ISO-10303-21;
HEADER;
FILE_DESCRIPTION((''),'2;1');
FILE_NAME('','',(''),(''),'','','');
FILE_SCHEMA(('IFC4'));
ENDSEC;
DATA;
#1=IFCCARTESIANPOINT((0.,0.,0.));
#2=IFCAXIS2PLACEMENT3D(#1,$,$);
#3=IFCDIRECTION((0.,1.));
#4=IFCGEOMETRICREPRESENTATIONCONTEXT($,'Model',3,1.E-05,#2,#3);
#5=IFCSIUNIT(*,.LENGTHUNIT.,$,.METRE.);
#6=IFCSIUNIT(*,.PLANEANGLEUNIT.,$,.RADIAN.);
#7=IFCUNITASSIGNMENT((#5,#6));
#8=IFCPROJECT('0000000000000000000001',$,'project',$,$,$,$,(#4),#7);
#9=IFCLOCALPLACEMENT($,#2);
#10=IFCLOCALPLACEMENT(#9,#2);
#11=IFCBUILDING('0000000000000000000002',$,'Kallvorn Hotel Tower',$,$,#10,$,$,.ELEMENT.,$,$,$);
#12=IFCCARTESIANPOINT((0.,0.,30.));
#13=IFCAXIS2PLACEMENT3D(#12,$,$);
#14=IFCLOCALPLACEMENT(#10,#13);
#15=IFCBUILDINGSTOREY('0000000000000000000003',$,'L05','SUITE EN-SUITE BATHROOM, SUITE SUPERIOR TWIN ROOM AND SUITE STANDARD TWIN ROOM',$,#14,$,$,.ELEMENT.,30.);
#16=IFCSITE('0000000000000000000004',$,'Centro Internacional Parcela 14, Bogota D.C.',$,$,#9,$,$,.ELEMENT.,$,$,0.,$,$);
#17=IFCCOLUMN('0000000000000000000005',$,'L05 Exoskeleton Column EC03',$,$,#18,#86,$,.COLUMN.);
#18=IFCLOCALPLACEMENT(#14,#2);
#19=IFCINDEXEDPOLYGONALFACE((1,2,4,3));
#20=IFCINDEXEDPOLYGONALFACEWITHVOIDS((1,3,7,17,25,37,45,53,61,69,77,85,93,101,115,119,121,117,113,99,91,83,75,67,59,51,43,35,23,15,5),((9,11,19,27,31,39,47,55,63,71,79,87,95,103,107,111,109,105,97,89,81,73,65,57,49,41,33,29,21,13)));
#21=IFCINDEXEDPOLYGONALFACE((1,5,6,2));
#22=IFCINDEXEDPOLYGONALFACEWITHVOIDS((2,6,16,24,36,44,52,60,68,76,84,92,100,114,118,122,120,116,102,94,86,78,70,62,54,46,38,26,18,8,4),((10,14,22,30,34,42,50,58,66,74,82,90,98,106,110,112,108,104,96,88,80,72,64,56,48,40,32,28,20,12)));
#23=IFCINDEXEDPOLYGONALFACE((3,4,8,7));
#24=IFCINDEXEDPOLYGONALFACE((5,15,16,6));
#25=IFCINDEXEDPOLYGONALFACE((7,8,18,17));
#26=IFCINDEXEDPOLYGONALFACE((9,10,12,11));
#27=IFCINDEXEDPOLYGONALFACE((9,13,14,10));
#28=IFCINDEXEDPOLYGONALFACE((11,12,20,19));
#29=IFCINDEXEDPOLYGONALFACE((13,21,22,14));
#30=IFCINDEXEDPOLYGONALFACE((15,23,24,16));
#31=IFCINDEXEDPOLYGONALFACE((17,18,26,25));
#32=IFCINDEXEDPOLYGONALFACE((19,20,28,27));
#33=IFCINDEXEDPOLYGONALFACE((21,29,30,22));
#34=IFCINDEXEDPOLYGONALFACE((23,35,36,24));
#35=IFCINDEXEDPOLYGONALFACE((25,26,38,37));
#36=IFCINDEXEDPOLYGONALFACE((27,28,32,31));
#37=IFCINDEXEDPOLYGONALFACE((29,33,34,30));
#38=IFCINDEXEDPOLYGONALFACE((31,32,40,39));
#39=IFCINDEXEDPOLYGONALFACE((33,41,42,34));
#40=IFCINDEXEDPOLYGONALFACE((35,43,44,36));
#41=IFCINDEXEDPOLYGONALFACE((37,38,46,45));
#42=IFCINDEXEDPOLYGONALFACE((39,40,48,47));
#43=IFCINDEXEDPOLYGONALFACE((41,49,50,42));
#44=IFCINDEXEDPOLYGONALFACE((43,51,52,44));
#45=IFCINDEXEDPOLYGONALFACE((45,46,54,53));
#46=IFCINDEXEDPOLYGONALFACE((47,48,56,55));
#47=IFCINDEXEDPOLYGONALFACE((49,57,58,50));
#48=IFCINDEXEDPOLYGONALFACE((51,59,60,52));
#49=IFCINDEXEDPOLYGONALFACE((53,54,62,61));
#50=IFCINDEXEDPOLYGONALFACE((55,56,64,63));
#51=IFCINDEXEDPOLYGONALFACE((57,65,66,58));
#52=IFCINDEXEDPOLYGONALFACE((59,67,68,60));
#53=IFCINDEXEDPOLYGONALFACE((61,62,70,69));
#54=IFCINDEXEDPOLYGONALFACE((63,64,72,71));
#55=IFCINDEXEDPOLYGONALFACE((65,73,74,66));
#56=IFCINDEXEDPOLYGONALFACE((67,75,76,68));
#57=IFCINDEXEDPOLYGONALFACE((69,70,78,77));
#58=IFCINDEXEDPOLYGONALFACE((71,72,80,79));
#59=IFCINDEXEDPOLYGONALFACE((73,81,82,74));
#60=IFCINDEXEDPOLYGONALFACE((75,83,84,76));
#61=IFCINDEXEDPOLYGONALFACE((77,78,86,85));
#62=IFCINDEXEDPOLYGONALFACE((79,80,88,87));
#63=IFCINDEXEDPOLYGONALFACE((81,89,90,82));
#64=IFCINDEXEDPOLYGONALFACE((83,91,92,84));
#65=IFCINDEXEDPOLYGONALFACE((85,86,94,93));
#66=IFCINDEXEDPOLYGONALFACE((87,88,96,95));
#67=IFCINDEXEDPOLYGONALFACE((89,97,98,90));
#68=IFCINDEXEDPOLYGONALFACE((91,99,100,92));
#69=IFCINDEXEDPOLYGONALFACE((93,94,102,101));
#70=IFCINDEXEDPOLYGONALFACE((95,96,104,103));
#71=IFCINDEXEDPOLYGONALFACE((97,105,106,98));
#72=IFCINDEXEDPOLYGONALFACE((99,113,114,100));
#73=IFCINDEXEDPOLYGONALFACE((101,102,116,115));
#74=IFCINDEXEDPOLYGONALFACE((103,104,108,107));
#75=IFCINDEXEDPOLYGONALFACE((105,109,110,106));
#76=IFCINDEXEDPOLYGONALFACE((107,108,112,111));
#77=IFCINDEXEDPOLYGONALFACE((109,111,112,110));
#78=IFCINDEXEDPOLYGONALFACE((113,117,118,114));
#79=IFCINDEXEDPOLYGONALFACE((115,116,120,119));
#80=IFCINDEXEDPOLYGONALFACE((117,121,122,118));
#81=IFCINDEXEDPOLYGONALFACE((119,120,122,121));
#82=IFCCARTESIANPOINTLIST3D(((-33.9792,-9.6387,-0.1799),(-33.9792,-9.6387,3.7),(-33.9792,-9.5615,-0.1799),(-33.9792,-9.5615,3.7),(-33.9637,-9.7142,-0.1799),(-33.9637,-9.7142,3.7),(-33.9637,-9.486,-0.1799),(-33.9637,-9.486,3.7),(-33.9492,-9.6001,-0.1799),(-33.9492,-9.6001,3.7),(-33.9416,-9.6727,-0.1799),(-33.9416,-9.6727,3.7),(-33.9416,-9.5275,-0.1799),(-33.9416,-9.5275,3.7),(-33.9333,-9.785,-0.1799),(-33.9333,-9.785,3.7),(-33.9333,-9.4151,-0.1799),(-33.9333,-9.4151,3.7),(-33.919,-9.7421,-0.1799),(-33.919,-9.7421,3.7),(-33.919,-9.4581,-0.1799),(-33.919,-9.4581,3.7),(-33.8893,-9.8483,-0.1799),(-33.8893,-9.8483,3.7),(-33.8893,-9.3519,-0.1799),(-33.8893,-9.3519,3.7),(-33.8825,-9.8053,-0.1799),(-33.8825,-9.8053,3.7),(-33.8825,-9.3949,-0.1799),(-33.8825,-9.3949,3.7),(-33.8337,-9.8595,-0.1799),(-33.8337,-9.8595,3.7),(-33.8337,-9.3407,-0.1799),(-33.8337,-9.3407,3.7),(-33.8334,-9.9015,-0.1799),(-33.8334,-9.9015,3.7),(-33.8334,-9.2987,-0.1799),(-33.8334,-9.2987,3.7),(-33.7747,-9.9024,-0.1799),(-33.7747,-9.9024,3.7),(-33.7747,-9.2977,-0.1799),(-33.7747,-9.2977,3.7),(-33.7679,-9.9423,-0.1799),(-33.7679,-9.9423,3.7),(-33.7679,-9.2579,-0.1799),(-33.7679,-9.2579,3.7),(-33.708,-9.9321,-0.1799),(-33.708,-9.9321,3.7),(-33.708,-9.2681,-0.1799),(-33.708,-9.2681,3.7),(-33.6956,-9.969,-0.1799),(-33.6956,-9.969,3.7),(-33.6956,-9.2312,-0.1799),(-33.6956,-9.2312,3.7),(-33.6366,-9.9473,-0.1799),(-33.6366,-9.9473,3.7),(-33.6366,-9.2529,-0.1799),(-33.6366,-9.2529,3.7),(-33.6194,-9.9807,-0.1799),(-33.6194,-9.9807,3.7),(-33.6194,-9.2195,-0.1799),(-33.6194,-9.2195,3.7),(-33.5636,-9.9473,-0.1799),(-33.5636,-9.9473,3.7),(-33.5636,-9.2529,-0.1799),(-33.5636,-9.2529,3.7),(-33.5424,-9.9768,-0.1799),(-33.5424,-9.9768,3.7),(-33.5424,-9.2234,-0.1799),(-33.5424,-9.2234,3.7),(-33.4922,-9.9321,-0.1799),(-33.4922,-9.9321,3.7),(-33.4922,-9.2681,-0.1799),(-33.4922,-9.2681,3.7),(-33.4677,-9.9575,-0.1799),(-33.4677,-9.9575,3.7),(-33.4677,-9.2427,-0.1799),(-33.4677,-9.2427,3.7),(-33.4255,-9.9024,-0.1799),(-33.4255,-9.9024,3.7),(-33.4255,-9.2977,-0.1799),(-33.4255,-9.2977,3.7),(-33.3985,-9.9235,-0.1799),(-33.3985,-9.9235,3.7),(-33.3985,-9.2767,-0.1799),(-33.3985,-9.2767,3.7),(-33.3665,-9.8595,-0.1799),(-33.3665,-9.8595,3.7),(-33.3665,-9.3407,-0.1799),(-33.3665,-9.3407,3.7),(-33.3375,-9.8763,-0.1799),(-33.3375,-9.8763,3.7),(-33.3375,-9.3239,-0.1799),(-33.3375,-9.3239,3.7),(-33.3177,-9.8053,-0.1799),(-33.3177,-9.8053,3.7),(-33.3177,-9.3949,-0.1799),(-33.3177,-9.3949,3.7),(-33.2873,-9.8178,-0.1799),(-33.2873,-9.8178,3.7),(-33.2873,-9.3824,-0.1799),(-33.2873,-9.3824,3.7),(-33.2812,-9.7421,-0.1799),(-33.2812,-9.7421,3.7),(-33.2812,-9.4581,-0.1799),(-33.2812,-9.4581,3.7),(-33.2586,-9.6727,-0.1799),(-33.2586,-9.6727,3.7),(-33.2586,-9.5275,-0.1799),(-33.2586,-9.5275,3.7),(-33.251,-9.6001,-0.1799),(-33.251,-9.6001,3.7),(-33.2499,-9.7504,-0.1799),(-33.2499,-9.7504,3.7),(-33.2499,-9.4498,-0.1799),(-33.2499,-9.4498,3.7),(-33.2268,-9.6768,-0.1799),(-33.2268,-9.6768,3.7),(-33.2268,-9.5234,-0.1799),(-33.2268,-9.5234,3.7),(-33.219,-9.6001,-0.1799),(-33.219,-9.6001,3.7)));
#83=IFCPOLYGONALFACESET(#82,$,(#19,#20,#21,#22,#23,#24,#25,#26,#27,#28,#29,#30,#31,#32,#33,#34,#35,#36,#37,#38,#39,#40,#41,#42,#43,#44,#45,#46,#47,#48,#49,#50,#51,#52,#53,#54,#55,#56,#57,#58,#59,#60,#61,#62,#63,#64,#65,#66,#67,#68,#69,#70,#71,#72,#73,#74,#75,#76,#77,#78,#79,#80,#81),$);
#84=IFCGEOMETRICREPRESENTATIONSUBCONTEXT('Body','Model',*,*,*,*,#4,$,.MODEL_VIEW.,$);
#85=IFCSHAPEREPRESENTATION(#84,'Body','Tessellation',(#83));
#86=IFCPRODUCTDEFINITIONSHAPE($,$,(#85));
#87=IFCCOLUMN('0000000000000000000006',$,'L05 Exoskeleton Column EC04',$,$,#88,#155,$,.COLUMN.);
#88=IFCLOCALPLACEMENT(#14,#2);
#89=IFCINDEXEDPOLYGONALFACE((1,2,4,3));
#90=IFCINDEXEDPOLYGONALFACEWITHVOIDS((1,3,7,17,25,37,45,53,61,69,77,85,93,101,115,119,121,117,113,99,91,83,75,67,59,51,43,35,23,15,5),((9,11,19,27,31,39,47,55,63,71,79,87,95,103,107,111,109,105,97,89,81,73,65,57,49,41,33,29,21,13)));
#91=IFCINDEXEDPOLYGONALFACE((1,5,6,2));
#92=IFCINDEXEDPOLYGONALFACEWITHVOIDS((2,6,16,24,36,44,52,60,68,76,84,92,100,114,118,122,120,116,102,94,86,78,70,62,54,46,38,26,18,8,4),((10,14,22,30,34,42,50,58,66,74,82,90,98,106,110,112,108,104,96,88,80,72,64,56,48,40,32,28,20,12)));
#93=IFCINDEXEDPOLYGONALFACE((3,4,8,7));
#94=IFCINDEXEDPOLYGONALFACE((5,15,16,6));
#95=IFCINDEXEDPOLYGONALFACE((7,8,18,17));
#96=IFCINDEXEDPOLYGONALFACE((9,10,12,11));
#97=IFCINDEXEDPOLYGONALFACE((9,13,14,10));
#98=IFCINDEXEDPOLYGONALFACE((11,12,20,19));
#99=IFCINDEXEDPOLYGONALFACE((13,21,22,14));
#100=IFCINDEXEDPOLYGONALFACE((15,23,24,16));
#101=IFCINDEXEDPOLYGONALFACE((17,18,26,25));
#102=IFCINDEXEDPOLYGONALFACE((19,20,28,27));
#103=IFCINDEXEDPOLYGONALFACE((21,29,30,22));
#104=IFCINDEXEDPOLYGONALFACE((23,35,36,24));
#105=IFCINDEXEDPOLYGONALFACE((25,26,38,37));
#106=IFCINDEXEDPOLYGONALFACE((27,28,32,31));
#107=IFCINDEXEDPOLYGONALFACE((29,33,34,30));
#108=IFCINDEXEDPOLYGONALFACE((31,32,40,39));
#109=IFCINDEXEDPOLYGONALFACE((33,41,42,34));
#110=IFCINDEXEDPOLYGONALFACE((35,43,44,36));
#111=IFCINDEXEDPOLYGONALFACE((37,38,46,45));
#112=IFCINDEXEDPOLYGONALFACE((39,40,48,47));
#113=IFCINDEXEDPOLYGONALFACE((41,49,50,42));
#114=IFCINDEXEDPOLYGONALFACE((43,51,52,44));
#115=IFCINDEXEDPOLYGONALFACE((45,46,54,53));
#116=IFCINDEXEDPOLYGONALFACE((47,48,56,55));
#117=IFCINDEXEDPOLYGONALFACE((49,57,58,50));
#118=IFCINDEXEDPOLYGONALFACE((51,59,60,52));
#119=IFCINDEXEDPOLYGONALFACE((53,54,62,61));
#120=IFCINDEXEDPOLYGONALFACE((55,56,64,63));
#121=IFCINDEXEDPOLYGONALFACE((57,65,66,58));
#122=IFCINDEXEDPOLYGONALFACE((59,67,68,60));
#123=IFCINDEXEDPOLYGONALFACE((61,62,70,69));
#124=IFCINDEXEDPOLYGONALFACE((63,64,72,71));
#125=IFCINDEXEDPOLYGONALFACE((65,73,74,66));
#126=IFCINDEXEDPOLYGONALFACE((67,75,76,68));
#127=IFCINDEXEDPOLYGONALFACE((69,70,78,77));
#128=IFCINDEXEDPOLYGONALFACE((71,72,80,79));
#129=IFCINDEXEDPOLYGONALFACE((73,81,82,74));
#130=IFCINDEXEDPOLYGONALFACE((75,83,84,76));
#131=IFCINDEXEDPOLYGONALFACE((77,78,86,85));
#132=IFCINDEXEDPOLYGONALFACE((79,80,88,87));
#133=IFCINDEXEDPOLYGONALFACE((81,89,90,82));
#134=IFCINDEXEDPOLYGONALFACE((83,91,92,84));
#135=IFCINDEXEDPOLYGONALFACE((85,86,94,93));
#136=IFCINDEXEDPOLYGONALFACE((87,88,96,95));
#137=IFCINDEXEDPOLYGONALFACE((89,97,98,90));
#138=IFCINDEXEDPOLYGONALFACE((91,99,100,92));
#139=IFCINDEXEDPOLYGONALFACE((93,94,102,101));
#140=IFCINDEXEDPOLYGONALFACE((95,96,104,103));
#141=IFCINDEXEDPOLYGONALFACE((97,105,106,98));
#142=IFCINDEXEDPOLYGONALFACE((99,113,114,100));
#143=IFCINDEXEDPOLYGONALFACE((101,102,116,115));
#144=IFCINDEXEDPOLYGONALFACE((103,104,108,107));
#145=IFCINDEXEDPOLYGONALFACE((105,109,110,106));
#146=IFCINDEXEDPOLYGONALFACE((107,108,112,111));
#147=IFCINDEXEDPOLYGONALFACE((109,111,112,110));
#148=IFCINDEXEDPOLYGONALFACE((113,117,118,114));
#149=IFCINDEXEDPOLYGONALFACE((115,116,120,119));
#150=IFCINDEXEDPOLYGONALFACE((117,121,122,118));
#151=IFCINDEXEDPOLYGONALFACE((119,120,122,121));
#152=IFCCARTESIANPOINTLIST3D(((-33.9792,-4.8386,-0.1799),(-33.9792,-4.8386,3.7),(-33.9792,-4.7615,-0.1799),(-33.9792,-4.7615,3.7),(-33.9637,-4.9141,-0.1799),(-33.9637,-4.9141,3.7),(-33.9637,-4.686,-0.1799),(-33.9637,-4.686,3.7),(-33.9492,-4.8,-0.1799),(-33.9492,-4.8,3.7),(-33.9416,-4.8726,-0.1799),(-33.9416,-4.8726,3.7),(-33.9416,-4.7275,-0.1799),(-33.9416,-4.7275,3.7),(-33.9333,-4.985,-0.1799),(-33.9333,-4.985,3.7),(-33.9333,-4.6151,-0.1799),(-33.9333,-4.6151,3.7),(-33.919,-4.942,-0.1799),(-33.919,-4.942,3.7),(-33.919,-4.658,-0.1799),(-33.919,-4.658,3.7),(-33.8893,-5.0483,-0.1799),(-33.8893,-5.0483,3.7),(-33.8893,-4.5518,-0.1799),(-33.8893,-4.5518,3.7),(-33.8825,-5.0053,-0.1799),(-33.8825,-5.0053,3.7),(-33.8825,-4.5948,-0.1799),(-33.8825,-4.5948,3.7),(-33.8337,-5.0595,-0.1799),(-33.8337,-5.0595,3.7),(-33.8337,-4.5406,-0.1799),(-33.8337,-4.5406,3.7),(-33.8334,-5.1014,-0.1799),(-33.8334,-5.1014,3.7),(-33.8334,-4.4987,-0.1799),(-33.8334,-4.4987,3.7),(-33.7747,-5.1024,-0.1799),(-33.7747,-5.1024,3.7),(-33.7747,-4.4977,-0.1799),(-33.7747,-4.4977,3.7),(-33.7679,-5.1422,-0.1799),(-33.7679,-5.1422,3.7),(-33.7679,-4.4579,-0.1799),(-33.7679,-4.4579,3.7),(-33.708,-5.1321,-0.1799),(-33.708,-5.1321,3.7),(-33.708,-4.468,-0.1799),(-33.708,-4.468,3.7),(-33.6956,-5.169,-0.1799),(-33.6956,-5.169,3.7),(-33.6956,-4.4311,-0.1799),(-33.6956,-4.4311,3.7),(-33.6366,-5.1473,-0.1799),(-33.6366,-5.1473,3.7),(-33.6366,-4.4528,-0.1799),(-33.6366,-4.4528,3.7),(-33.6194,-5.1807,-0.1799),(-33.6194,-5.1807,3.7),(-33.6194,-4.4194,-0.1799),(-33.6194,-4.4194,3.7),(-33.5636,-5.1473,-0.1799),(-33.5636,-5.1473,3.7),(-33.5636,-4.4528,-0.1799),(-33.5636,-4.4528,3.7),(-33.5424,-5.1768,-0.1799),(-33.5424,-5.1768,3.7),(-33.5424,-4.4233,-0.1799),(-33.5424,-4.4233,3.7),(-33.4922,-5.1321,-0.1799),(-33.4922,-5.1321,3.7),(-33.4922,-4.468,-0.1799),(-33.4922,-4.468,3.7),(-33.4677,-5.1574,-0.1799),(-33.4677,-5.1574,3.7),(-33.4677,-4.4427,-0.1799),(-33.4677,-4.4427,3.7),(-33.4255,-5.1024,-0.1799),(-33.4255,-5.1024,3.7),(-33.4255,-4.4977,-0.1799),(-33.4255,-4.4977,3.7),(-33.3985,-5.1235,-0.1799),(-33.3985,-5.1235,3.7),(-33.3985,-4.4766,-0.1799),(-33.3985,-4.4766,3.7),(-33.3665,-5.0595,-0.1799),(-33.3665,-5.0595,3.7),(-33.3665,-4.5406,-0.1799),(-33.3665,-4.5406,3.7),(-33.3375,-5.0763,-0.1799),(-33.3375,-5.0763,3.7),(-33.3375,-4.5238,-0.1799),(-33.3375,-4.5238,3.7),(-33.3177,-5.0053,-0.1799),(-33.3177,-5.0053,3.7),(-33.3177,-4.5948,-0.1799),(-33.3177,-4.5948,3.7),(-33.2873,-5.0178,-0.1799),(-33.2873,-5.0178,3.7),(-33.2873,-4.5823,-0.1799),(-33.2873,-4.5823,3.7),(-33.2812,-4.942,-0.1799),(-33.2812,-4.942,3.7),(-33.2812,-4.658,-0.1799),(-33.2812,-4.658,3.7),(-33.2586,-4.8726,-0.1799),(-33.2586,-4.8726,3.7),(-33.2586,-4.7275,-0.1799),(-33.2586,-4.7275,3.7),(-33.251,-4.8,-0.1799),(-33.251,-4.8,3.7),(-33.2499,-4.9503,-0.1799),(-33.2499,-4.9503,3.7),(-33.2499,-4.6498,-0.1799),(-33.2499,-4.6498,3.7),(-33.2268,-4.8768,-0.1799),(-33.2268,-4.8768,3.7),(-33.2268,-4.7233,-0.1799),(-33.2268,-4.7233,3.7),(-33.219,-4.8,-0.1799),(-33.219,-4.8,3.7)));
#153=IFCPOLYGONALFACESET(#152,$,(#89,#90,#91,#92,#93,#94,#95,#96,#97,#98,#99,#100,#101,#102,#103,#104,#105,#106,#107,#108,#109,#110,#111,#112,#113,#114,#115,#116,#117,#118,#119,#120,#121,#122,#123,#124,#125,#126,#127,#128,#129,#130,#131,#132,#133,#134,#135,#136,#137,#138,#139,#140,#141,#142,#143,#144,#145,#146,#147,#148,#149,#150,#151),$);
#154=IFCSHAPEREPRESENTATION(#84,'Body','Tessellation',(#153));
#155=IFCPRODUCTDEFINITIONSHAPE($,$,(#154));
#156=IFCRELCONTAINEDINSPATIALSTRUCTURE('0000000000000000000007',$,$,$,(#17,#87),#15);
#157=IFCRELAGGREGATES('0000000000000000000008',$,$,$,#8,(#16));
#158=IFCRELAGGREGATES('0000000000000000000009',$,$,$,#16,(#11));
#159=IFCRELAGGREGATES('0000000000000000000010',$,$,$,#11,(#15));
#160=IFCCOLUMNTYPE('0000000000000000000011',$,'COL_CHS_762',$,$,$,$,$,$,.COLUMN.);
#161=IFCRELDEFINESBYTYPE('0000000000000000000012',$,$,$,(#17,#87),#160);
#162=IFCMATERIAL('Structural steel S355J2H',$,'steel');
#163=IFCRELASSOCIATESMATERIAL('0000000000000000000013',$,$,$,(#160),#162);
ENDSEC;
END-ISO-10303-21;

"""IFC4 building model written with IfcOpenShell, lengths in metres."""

from ifc_helpers import new_model, si_unit, direction, frame, origin, origin_2d, place, context, subcontext, project, spatial, hollow_circle, extrude, material, material_profile, profile_set, type_object, element, save


model = new_model("IFC4")

# Units and contexts
model_context = context("Model", 3, precision=1e-05, world=origin(), true_north=direction((0.0, 1.0)))
body_context = subcontext(model_context, "Body", "Model", "MODEL_VIEW")
ifc_project = project(units=[si_unit("LENGTHUNIT", "METRE"), si_unit("PLANEANGLEUNIT", "RADIAN")], contexts=[model_context])

# Site, building, storey
site_placement = place(None, origin())
site = spatial("IfcSite", under=ifc_project, at=site_placement, Name="Centro Internacional Parcela 14, Bogota D.C.", CompositionType="ELEMENT", RefElevation=0.0)
building_placement = place(site_placement, origin())
building = spatial("IfcBuilding", under=site, at=building_placement, Name="Kallvorn Hotel Tower", CompositionType="ELEMENT")
storey_placement = place(building_placement, frame((0.0, 0.0, 30.0)))
storey = spatial("IfcBuildingStorey", under=building, at=storey_placement, Name="L05", Description="SUITE EN-SUITE BATHROOM, SUITE SUPERIOR TWIN ROOM AND SUITE STANDARD TWIN ROOM", CompositionType="ELEMENT", Elevation=30.0)

# Columns
ifc_material_1 = material(Name="Structural steel S355J2H", Category="steel")
ifc_material_profile_1 = material_profile(ifc_material_1, hollow_circle(Radius=0.3811, WallThickness=0.032, at=origin_2d()), Name="CHS 762x32")
ifc_profile_set_1 = profile_set([ifc_material_profile_1], Name="Structural steel S355J2H")
column_type = type_object("IfcColumnType", Name="COL_CHS_762", PredefinedType="COLUMN", material=ifc_profile_set_1)
for number, where, z_axis, x_axis, name in (
    (1, (-33.6001, -9.6001, -0.1799), (0.0, 0.0, 1.0), (1.0, 0.0, 0.0), "L05 Exoskeleton Column EC03"),
    (2, (-33.6001, -4.8, -0.1799), (0.0, 0.0, 1.0), (1.0, 0.0, 0.0), "L05 Exoskeleton Column EC04"),
):
    element("IfcColumn", number, at=place(storey_placement, frame(where, z_axis=z_axis, x_axis=x_axis)), inside=storey, type_object=column_type, Name=name, PredefinedType="COLUMN", context=body_context, shape_type="SweptSolid", body=[
        extrude(hollow_circle(Radius=0.3811, WallThickness=0.032, at=origin_2d()), origin(), (0.0, 0.0, 1.0), 3.8799),
    ])

save(model, "model.ifc")
